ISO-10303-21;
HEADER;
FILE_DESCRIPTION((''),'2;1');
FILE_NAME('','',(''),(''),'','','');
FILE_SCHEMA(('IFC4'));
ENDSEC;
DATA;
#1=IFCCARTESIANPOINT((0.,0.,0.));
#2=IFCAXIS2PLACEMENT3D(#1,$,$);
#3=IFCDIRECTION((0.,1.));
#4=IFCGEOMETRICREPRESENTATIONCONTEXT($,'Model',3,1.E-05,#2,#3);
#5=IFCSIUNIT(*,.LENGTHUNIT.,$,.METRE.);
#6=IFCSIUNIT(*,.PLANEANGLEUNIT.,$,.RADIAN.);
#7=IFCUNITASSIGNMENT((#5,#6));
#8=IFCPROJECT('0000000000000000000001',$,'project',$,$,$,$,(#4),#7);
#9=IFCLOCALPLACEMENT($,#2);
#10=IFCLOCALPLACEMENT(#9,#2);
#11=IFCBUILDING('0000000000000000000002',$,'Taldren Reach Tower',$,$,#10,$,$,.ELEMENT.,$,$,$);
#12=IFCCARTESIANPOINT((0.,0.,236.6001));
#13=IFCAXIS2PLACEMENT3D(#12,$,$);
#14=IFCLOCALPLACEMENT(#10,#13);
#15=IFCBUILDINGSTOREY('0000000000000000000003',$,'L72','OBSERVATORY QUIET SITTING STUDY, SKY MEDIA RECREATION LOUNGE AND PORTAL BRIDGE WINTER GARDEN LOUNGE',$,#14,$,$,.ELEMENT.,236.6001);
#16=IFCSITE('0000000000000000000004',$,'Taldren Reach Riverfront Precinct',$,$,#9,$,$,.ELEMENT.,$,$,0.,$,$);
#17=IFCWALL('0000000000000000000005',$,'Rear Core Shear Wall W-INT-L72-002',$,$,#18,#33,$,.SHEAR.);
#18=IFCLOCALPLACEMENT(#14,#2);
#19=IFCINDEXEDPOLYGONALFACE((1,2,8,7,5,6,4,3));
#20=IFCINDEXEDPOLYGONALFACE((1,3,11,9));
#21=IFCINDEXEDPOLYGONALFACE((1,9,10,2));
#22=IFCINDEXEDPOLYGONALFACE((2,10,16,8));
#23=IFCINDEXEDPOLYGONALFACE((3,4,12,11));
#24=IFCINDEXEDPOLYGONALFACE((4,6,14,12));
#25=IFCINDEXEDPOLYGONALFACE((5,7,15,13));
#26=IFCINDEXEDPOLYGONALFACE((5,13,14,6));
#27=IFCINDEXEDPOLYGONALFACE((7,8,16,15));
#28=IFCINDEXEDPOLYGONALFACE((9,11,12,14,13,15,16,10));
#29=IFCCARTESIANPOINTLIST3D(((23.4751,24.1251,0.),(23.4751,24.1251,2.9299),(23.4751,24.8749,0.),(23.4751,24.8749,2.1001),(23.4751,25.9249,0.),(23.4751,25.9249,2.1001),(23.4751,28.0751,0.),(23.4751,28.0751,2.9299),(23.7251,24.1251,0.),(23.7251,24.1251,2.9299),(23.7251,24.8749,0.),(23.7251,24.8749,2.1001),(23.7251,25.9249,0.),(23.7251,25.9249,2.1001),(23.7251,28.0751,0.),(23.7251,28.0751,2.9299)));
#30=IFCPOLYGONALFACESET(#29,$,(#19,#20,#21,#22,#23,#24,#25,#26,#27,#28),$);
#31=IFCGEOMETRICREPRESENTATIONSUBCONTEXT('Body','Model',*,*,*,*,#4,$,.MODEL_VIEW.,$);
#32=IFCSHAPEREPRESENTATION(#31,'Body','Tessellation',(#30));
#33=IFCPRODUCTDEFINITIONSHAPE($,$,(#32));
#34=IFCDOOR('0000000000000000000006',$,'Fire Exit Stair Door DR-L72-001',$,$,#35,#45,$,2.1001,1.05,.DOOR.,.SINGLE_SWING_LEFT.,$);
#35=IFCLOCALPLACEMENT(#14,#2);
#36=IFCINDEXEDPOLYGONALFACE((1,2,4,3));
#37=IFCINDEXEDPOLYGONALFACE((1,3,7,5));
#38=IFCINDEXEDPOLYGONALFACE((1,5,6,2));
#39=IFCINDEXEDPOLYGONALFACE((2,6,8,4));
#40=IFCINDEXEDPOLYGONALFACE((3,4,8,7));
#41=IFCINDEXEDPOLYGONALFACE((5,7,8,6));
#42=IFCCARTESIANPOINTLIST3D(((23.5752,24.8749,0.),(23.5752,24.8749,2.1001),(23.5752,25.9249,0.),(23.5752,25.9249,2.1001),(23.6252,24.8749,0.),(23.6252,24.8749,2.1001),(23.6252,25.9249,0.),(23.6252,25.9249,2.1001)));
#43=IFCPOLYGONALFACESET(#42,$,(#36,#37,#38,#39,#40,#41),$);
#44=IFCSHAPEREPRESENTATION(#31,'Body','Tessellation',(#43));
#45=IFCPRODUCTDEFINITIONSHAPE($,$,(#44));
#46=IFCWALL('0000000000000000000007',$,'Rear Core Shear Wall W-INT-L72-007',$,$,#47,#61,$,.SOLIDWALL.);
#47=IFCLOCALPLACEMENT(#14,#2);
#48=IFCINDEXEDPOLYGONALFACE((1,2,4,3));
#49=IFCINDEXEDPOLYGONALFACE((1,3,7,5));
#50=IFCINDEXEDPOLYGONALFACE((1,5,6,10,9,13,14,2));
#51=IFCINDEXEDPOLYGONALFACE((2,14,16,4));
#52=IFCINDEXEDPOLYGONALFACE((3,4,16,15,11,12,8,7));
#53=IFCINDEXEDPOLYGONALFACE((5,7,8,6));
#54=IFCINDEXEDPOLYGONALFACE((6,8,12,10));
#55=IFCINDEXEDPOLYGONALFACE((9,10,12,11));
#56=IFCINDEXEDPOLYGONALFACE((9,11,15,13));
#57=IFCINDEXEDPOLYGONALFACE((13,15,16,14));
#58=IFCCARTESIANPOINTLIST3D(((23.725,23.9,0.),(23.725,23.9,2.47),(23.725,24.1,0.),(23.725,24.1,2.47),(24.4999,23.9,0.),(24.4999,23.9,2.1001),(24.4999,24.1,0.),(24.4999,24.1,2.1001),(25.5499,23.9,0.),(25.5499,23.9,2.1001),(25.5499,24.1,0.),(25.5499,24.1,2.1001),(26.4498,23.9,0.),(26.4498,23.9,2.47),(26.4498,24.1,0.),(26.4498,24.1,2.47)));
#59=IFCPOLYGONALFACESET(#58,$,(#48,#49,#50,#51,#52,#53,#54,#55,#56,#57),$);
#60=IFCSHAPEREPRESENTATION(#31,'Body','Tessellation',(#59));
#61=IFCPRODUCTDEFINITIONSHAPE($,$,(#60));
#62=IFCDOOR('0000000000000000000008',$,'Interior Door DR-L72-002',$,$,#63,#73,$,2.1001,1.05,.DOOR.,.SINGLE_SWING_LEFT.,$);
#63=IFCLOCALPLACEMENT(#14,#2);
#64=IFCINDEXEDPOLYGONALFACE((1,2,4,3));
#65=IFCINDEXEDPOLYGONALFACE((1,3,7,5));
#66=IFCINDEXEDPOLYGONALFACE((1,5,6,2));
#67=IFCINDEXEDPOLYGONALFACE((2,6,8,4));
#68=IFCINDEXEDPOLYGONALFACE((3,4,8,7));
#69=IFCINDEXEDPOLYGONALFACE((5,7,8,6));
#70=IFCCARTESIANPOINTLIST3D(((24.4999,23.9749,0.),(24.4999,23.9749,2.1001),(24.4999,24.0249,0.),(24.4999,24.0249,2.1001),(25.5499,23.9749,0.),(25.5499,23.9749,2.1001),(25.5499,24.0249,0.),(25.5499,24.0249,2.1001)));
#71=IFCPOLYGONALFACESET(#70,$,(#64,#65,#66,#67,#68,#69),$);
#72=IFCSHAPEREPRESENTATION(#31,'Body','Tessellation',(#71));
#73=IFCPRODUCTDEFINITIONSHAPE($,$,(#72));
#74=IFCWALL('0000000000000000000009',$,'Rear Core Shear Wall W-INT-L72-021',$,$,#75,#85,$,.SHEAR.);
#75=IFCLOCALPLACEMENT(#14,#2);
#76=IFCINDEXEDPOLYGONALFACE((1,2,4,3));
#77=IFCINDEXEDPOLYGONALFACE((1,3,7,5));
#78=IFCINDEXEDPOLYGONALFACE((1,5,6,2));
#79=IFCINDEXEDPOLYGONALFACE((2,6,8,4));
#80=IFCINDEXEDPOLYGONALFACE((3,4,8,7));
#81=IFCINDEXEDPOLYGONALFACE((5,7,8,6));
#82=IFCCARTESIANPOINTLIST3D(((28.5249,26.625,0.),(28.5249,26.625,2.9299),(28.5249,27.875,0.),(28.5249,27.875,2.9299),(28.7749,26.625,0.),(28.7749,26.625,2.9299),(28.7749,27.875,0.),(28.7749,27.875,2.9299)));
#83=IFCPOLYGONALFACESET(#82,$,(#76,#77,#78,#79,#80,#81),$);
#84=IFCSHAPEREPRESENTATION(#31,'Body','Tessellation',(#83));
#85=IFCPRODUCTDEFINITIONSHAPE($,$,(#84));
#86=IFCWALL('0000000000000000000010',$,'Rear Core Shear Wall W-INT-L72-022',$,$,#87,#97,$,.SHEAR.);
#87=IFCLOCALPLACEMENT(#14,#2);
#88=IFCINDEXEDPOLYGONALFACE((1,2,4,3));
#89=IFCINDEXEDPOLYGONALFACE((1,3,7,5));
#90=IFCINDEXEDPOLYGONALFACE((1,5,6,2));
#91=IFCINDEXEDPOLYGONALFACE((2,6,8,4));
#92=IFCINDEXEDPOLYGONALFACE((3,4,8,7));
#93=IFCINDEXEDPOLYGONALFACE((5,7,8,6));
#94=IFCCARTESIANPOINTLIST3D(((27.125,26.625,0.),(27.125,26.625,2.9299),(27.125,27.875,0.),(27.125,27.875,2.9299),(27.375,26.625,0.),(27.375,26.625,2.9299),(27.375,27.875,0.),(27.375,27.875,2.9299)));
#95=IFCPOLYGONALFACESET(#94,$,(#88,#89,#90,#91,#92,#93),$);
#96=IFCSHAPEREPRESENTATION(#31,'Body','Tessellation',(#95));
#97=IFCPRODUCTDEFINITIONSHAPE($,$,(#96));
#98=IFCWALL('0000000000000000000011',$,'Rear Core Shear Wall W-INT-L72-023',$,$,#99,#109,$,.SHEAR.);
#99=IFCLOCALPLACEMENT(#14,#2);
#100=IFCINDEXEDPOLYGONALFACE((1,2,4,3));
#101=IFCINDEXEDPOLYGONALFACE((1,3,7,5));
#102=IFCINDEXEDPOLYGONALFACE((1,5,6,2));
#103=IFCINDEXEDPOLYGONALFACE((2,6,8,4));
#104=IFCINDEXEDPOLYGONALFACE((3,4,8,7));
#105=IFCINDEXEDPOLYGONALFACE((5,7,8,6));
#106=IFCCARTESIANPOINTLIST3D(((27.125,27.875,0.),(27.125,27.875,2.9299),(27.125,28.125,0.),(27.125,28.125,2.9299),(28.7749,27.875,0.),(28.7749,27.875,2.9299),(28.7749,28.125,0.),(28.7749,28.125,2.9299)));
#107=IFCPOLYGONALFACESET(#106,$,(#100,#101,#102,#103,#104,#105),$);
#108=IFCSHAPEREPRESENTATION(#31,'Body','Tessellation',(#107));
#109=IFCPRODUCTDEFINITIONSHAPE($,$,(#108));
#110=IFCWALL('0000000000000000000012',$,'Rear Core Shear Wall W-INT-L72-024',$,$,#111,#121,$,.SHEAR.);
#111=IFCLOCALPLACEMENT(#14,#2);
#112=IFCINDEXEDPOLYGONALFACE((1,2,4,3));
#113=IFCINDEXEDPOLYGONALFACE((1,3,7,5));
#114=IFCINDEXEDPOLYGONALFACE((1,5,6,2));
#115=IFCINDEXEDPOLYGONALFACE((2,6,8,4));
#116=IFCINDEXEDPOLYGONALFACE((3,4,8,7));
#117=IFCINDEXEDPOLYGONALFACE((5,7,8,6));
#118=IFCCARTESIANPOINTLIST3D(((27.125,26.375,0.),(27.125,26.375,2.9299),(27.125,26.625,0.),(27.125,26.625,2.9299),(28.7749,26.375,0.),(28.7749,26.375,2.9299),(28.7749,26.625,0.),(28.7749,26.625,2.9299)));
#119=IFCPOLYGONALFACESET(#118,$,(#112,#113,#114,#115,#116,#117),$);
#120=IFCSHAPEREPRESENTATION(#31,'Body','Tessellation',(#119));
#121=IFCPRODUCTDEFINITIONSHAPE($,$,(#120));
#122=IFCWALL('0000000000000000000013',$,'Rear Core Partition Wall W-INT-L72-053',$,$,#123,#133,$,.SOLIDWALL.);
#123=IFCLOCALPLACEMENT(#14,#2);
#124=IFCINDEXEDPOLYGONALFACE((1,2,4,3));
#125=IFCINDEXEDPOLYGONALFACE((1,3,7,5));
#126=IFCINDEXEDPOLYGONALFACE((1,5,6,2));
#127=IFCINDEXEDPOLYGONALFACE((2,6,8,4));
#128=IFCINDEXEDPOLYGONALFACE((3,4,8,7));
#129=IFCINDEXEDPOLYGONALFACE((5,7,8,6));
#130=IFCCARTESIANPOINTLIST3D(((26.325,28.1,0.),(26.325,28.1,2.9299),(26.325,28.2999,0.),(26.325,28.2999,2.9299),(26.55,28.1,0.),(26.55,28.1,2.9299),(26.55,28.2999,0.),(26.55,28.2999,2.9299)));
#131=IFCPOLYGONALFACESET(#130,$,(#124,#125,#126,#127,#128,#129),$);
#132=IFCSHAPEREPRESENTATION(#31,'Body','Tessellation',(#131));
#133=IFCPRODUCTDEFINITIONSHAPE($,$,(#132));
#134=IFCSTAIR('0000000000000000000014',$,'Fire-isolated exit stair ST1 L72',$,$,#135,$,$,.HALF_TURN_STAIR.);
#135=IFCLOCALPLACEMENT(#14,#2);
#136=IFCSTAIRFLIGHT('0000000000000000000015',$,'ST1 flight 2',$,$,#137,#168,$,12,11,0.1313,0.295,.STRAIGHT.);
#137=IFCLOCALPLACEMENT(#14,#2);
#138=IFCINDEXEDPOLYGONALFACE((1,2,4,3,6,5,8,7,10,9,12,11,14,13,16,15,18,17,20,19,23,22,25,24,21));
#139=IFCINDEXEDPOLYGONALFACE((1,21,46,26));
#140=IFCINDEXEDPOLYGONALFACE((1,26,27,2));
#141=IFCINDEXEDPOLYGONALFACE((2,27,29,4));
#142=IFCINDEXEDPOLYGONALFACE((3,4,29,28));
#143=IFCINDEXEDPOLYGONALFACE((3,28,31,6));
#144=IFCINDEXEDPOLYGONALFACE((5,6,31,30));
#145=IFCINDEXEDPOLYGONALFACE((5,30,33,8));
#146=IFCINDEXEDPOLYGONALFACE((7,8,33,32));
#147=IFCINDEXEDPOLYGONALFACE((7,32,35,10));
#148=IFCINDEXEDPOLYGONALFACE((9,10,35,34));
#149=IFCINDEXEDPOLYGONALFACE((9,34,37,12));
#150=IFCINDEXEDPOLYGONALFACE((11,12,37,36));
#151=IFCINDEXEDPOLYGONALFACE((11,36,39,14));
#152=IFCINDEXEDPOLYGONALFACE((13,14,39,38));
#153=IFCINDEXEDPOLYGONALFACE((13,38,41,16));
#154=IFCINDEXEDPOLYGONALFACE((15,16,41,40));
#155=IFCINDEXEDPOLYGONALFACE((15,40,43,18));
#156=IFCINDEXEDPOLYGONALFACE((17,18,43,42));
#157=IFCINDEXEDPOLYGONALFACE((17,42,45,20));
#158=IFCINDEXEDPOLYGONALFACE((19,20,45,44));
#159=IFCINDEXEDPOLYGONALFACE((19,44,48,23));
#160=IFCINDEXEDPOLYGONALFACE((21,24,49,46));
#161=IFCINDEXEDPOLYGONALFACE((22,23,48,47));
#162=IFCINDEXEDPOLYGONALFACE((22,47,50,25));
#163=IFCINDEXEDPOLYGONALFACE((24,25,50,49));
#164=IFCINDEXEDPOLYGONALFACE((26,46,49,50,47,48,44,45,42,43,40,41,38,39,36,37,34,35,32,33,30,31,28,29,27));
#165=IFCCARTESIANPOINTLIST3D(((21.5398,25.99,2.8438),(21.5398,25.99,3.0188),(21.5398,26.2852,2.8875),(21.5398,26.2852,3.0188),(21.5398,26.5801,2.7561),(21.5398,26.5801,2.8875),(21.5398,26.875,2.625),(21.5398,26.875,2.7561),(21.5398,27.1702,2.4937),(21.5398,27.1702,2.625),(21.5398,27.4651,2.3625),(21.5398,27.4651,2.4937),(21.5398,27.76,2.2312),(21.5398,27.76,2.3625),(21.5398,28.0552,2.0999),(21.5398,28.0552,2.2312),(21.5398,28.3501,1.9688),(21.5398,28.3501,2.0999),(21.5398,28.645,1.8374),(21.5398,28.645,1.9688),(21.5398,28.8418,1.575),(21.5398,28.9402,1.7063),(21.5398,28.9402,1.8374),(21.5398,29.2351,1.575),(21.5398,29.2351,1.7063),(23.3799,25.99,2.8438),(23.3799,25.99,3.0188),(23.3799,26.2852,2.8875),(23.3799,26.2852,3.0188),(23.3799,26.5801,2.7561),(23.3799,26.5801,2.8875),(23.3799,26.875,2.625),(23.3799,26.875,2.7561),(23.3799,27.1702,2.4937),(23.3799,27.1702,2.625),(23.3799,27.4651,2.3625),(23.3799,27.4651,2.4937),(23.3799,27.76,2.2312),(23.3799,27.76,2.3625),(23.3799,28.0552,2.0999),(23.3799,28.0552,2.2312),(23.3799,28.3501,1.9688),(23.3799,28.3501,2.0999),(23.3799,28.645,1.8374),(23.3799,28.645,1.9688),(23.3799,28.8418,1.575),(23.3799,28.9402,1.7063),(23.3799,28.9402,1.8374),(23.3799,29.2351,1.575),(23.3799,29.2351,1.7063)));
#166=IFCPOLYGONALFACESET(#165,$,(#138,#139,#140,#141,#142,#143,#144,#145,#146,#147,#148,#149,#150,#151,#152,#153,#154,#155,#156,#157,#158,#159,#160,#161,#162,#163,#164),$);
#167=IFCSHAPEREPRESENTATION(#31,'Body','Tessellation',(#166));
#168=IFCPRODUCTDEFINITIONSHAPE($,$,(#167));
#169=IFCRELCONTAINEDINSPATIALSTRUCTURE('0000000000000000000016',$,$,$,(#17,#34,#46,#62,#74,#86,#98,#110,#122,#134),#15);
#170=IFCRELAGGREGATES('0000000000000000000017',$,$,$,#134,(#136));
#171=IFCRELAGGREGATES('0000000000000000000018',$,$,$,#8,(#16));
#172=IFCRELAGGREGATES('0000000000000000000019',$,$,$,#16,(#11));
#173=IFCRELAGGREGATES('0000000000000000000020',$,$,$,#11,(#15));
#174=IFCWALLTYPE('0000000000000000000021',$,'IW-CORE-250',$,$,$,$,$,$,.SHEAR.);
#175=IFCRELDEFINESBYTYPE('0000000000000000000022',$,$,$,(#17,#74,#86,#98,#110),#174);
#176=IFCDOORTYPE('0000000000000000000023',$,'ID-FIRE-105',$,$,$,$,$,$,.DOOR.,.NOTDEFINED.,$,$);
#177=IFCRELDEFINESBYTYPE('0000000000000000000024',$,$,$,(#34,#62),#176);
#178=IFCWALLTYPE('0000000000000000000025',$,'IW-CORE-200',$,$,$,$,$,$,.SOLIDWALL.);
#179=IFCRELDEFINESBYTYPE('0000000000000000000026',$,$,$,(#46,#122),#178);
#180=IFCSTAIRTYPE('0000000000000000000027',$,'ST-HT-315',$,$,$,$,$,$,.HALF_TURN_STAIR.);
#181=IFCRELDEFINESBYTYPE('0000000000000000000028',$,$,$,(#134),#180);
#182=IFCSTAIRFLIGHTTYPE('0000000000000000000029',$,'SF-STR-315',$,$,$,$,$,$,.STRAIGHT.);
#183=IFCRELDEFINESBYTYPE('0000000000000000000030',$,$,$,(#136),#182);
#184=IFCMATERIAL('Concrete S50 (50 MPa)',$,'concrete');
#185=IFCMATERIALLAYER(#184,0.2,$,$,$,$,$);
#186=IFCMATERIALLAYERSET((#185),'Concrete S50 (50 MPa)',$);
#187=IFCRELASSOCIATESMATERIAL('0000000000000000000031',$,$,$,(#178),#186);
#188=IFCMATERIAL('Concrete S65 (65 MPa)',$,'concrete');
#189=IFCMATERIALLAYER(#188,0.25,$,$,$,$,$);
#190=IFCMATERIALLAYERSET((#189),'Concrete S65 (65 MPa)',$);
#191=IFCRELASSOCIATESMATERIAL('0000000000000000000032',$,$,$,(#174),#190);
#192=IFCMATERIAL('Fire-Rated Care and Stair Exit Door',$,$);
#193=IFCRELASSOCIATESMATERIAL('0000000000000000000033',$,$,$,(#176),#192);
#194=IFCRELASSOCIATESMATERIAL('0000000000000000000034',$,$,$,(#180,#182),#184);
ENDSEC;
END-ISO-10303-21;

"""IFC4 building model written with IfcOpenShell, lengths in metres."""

from ifc_helpers import new_model, si_unit, direction, frame, frame_2d, origin, place, context, subcontext, project, spatial, polyline, rectangle, outline, extrude, source, transform, mapped, material, layer, layer_set, type_object, element, fill, aggregate, save


model = new_model("IFC4")

# Units and contexts
model_context = context("Model", 3, precision=1e-05, world=origin(), true_north=direction((0.0, 1.0)))
body_context = subcontext(model_context, "Body", "Model", "MODEL_VIEW")
ifc_project = project(units=[si_unit("LENGTHUNIT", "METRE"), si_unit("PLANEANGLEUNIT", "RADIAN")], contexts=[model_context])

# Site, building, storey
site_placement = place(None, origin())
site = spatial("IfcSite", under=ifc_project, at=site_placement, Name="Taldren Reach Riverfront Precinct", CompositionType="ELEMENT", RefElevation=0.0)
building_placement = place(site_placement, origin())
building = spatial("IfcBuilding", under=site, at=building_placement, Name="Taldren Reach Tower", CompositionType="ELEMENT")
storey_placement = place(building_placement, frame((0.0, 0.0, 236.6001)))
storey = spatial("IfcBuildingStorey", under=building, at=storey_placement, Name="L72", Description="OBSERVATORY QUIET SITTING STUDY, SKY MEDIA RECREATION LOUNGE AND PORTAL BRIDGE WINTER GARDEN LOUNGE", CompositionType="ELEMENT", Elevation=236.6001)

# Shared definitions
ifc_material_1 = material(Name="Concrete S50 (50 MPa)", Category="concrete")
ifc_layer_1 = layer(ifc_material_1, 0.2)
ifc_layer_set_1 = layer_set([ifc_layer_1], Name="Concrete S50 (50 MPa)")
wall_type_1 = type_object("IfcWallType", Name="IW-CORE-200", PredefinedType="SOLIDWALL", material=ifc_layer_set_1)
ifc_material_2 = material(Name="Concrete S65 (65 MPa)", Category="concrete")
ifc_layer_2 = layer(ifc_material_2, 0.25)
ifc_layer_set_2 = layer_set([ifc_layer_2], Name="Concrete S65 (65 MPa)")
wall_type_2 = type_object("IfcWallType", Name="IW-CORE-250", PredefinedType="SHEAR", material=ifc_layer_set_2)

# Walls, openings, doors
shared_shape_1 = source(origin(), body_context, "Body", "SweptSolid", [
    extrude(rectangle(XDim=3.95, YDim=0.25, at=frame_2d((1.9751, 0.0))), origin(), (0.0, 0.0, 1.0), 2.9299),
])
wall_1_placement = place(storey_placement, frame((23.6001, 24.125, 0.0), z_axis=(0.0, 0.0, 1.0), x_axis=(0.0, 1.0, 0.0)))
wall_1 = element("IfcWall", 1, at=wall_1_placement, inside=storey, type_object=wall_type_2, Name="Rear Core Shear Wall W-INT-L72-002", PredefinedType="SHEAR", context=body_context, shape_type="MappedRepresentation", body=[
    mapped(shared_shape_1, transform((0.0, 0.0, 0.0), scale=1.0)),
])
shared_shape_2 = source(origin(), body_context, "Body", "SweptSolid", [
    extrude(rectangle(XDim=1.05, YDim=2.1001, at=frame_2d((0.5249, 1.05))), frame((0.0, 0.135, 0.0), z_axis=(0.0, -1.0, 0.0), x_axis=(1.0, 0.0, 0.0)), (0.0, 0.0, 1.0), 0.27),
])
opening_1_placement = place(wall_1_placement, frame((0.75, 0.0, 0.0)))
opening_1 = element("IfcOpeningElement", 2, at=opening_1_placement, cuts=wall_1, PredefinedType="OPENING", context=body_context, shape_type="MappedRepresentation", body=[
    mapped(shared_shape_2, transform((0.0, 0.0, 0.0), scale=1.0)),
])
ifc_material_3 = material(Name="Fire-Rated Care and Stair Exit Door")
door_type_1 = type_object("IfcDoorType", Name="ID-FIRE-105", OperationType="NOTDEFINED", PredefinedType="DOOR", material=ifc_material_3)
shared_shape_3 = source(origin(), body_context, "Body", "SweptSolid", [
    extrude(rectangle(XDim=1.05, YDim=2.1001, at=frame_2d((0.5249, 1.05))), frame((0.0, 0.0249, 0.0), z_axis=(0.0, -1.0, 0.0), x_axis=(1.0, 0.0, 0.0)), (0.0, 0.0, 1.0), 0.05),
])
door_1_placement = place(opening_1_placement, origin())
door_1 = element("IfcDoor", 3, at=door_1_placement, inside=storey, type_object=door_type_1, Name="Fire Exit Stair Door DR-L72-001", OperationType="SINGLE_SWING_LEFT", OverallHeight=2.1001, OverallWidth=1.05, PredefinedType="DOOR", context=body_context, shape_type="MappedRepresentation", body=[
    mapped(shared_shape_3, transform((0.0, 0.0, 0.0), scale=1.0)),
])
fill(opening_1, door_1)
shared_shape_4 = source(origin(), body_context, "Body", "SweptSolid", [
    extrude(rectangle(XDim=2.7249, YDim=0.2, at=frame_2d((1.3623, 0.0))), origin(), (0.0, 0.0, 1.0), 2.47),
])
wall_2_placement = place(storey_placement, frame((23.7251, 24.0, 0.0), z_axis=(0.0, 0.0, 1.0), x_axis=(1.0, 0.0, 0.0)))
wall_2 = element("IfcWall", 4, at=wall_2_placement, inside=storey, type_object=wall_type_1, Name="Rear Core Shear Wall W-INT-L72-007", PredefinedType="SOLIDWALL", context=body_context, shape_type="MappedRepresentation", body=[
    mapped(shared_shape_4, transform((0.0, 0.0, 0.0), scale=1.0)),
])
shared_shape_5 = source(origin(), body_context, "Body", "SweptSolid", [
    extrude(rectangle(XDim=1.05, YDim=2.1001, at=frame_2d((0.5249, 1.05))), frame((0.0, 0.1099, 0.0), z_axis=(0.0, -1.0, 0.0), x_axis=(1.0, 0.0, 0.0)), (0.0, 0.0, 1.0), 0.22),
])
opening_2_placement = place(wall_2_placement, frame((0.7749, 0.0, 0.0)))
opening_2 = element("IfcOpeningElement", 5, at=opening_2_placement, cuts=wall_2, PredefinedType="OPENING", context=body_context, shape_type="MappedRepresentation", body=[
    mapped(shared_shape_5, transform((0.0, 0.0, 0.0), scale=1.0)),
])
door_2_placement = place(opening_2_placement, origin())
door_2 = element("IfcDoor", 6, at=door_2_placement, inside=storey, type_object=door_type_1, Name="Interior Door DR-L72-002", OperationType="SINGLE_SWING_LEFT", OverallHeight=2.1001, OverallWidth=1.05, PredefinedType="DOOR", context=body_context, shape_type="MappedRepresentation", body=[
    mapped(shared_shape_3, transform((0.0, 0.0, 0.0), scale=1.0)),
])
fill(opening_2, door_2)

# Walls
shared_shape_6 = source(origin(), body_context, "Body", "SweptSolid", [
    extrude(rectangle(XDim=1.25, YDim=0.25, at=frame_2d((0.625, 0.0))), origin(), (0.0, 0.0, 1.0), 2.9299),
])
for number, where, z_axis, x_axis, name in (
    (7, (28.6499, 26.625, 0.0), (0.0, 0.0, 1.0), (0.0, 1.0, 0.0), "Rear Core Shear Wall W-INT-L72-021"),
    (8, (27.25, 27.875, 0.0), (0.0, 0.0, 1.0), (0.0, -1.0, 0.0), "Rear Core Shear Wall W-INT-L72-022"),
):
    element("IfcWall", number, at=place(storey_placement, frame(where, z_axis=z_axis, x_axis=x_axis)), inside=storey, type_object=wall_type_2, Name=name, PredefinedType="SHEAR", context=body_context, shape_type="MappedRepresentation", body=[
        mapped(shared_shape_6, transform((0.0, 0.0, 0.0), scale=1.0)),
    ])
shared_shape_7 = source(origin(), body_context, "Body", "SweptSolid", [
    extrude(rectangle(XDim=1.6499, YDim=0.25, at=frame_2d((0.825, 0.0))), origin(), (0.0, 0.0, 1.0), 2.9299),
])
for number, where, z_axis, x_axis, name in (
    (9, (28.7749, 28.0, 0.0), (0.0, 0.0, 1.0), (-1.0, 0.0, 0.0), "Rear Core Shear Wall W-INT-L72-023"),
    (10, (27.125, 26.5, 0.0), (0.0, 0.0, 1.0), (1.0, 0.0, 0.0), "Rear Core Shear Wall W-INT-L72-024"),
):
    element("IfcWall", number, at=place(storey_placement, frame(where, z_axis=z_axis, x_axis=x_axis)), inside=storey, type_object=wall_type_2, Name=name, PredefinedType="SHEAR", context=body_context, shape_type="MappedRepresentation", body=[
        mapped(shared_shape_7, transform((0.0, 0.0, 0.0), scale=1.0)),
    ])
shared_shape_8 = source(origin(), body_context, "Body", "SweptSolid", [
    extrude(rectangle(XDim=0.2251, YDim=0.2, at=frame_2d((0.1125, 0.0))), origin(), (0.0, 0.0, 1.0), 2.9299),
])
wall_3_placement = place(storey_placement, frame((26.325, 28.2, 0.0), z_axis=(0.0, 0.0, 1.0), x_axis=(1.0, 0.0, 0.0)))
element("IfcWall", 11, at=wall_3_placement, inside=storey, type_object=wall_type_1, Name="Rear Core Partition Wall W-INT-L72-053", PredefinedType="SOLIDWALL", context=body_context, shape_type="MappedRepresentation", body=[
    mapped(shared_shape_8, transform((0.0, 0.0, 0.0), scale=1.0)),
])

# Stair, stair flight
stair_type = type_object("IfcStairType", Name="ST-HT-315", PredefinedType="HALF_TURN_STAIR", material=ifc_material_1)
stair_placement = place(storey_placement, origin())
stair = element("IfcStair", 12, at=stair_placement, inside=storey, type_object=stair_type, Name="Fire-isolated exit stair ST1 L72", PredefinedType="HALF_TURN_STAIR")
stair_flight_type = type_object("IfcStairFlightType", Name="SF-STR-315", PredefinedType="STRAIGHT", material=ifc_material_1)
stair_flight_placement = place(storey_placement, frame((22.46, 29.2351, 1.575), z_axis=(0.0, 0.0, 1.0), x_axis=(0.0, -1.0, 0.0)))
stair_flight = element("IfcStairFlight", 13, at=stair_flight_placement, type_object=stair_flight_type, Name="ST1 flight 2", NumberOfRisers=12, NumberOfTreads=11, PredefinedType="STRAIGHT", RiserHeight=0.1313, TreadLength=0.295, context=body_context, shape_type="SweptSolid", body=[
    extrude(outline(polyline([(0.0, 0.0), (0.0, 0.1313), (0.2949, 0.1313), (0.2949, 0.2625), (0.5901, 0.2625), (0.5901, 0.3938), (0.885, 0.3938), (0.885, 0.5249), (1.1799, 0.5249), (1.1799, 0.6562), (1.4751, 0.6562), (1.4751, 0.7876), (1.77, 0.7876), (1.77, 0.9187), (2.0649, 0.9187), (2.0649, 1.05), (2.3601, 1.05), (2.3601, 1.1812), (2.655, 1.1812), (2.655, 1.3125), (2.95, 1.3125), (2.95, 1.4438), (3.2451, 1.4438), (3.2451, 1.575), (3.2451, 1.2688), (0.3933, 0.0), (0.0, 0.0)])), frame((0.0, 0.9199, 0.0), z_axis=(0.0, -1.0, 0.0), x_axis=(1.0, 0.0, 0.0)), (0.0, 0.0, 1.0), 1.8401),
])
aggregate(stair, [stair_flight])

save(model, "model.ifc")
